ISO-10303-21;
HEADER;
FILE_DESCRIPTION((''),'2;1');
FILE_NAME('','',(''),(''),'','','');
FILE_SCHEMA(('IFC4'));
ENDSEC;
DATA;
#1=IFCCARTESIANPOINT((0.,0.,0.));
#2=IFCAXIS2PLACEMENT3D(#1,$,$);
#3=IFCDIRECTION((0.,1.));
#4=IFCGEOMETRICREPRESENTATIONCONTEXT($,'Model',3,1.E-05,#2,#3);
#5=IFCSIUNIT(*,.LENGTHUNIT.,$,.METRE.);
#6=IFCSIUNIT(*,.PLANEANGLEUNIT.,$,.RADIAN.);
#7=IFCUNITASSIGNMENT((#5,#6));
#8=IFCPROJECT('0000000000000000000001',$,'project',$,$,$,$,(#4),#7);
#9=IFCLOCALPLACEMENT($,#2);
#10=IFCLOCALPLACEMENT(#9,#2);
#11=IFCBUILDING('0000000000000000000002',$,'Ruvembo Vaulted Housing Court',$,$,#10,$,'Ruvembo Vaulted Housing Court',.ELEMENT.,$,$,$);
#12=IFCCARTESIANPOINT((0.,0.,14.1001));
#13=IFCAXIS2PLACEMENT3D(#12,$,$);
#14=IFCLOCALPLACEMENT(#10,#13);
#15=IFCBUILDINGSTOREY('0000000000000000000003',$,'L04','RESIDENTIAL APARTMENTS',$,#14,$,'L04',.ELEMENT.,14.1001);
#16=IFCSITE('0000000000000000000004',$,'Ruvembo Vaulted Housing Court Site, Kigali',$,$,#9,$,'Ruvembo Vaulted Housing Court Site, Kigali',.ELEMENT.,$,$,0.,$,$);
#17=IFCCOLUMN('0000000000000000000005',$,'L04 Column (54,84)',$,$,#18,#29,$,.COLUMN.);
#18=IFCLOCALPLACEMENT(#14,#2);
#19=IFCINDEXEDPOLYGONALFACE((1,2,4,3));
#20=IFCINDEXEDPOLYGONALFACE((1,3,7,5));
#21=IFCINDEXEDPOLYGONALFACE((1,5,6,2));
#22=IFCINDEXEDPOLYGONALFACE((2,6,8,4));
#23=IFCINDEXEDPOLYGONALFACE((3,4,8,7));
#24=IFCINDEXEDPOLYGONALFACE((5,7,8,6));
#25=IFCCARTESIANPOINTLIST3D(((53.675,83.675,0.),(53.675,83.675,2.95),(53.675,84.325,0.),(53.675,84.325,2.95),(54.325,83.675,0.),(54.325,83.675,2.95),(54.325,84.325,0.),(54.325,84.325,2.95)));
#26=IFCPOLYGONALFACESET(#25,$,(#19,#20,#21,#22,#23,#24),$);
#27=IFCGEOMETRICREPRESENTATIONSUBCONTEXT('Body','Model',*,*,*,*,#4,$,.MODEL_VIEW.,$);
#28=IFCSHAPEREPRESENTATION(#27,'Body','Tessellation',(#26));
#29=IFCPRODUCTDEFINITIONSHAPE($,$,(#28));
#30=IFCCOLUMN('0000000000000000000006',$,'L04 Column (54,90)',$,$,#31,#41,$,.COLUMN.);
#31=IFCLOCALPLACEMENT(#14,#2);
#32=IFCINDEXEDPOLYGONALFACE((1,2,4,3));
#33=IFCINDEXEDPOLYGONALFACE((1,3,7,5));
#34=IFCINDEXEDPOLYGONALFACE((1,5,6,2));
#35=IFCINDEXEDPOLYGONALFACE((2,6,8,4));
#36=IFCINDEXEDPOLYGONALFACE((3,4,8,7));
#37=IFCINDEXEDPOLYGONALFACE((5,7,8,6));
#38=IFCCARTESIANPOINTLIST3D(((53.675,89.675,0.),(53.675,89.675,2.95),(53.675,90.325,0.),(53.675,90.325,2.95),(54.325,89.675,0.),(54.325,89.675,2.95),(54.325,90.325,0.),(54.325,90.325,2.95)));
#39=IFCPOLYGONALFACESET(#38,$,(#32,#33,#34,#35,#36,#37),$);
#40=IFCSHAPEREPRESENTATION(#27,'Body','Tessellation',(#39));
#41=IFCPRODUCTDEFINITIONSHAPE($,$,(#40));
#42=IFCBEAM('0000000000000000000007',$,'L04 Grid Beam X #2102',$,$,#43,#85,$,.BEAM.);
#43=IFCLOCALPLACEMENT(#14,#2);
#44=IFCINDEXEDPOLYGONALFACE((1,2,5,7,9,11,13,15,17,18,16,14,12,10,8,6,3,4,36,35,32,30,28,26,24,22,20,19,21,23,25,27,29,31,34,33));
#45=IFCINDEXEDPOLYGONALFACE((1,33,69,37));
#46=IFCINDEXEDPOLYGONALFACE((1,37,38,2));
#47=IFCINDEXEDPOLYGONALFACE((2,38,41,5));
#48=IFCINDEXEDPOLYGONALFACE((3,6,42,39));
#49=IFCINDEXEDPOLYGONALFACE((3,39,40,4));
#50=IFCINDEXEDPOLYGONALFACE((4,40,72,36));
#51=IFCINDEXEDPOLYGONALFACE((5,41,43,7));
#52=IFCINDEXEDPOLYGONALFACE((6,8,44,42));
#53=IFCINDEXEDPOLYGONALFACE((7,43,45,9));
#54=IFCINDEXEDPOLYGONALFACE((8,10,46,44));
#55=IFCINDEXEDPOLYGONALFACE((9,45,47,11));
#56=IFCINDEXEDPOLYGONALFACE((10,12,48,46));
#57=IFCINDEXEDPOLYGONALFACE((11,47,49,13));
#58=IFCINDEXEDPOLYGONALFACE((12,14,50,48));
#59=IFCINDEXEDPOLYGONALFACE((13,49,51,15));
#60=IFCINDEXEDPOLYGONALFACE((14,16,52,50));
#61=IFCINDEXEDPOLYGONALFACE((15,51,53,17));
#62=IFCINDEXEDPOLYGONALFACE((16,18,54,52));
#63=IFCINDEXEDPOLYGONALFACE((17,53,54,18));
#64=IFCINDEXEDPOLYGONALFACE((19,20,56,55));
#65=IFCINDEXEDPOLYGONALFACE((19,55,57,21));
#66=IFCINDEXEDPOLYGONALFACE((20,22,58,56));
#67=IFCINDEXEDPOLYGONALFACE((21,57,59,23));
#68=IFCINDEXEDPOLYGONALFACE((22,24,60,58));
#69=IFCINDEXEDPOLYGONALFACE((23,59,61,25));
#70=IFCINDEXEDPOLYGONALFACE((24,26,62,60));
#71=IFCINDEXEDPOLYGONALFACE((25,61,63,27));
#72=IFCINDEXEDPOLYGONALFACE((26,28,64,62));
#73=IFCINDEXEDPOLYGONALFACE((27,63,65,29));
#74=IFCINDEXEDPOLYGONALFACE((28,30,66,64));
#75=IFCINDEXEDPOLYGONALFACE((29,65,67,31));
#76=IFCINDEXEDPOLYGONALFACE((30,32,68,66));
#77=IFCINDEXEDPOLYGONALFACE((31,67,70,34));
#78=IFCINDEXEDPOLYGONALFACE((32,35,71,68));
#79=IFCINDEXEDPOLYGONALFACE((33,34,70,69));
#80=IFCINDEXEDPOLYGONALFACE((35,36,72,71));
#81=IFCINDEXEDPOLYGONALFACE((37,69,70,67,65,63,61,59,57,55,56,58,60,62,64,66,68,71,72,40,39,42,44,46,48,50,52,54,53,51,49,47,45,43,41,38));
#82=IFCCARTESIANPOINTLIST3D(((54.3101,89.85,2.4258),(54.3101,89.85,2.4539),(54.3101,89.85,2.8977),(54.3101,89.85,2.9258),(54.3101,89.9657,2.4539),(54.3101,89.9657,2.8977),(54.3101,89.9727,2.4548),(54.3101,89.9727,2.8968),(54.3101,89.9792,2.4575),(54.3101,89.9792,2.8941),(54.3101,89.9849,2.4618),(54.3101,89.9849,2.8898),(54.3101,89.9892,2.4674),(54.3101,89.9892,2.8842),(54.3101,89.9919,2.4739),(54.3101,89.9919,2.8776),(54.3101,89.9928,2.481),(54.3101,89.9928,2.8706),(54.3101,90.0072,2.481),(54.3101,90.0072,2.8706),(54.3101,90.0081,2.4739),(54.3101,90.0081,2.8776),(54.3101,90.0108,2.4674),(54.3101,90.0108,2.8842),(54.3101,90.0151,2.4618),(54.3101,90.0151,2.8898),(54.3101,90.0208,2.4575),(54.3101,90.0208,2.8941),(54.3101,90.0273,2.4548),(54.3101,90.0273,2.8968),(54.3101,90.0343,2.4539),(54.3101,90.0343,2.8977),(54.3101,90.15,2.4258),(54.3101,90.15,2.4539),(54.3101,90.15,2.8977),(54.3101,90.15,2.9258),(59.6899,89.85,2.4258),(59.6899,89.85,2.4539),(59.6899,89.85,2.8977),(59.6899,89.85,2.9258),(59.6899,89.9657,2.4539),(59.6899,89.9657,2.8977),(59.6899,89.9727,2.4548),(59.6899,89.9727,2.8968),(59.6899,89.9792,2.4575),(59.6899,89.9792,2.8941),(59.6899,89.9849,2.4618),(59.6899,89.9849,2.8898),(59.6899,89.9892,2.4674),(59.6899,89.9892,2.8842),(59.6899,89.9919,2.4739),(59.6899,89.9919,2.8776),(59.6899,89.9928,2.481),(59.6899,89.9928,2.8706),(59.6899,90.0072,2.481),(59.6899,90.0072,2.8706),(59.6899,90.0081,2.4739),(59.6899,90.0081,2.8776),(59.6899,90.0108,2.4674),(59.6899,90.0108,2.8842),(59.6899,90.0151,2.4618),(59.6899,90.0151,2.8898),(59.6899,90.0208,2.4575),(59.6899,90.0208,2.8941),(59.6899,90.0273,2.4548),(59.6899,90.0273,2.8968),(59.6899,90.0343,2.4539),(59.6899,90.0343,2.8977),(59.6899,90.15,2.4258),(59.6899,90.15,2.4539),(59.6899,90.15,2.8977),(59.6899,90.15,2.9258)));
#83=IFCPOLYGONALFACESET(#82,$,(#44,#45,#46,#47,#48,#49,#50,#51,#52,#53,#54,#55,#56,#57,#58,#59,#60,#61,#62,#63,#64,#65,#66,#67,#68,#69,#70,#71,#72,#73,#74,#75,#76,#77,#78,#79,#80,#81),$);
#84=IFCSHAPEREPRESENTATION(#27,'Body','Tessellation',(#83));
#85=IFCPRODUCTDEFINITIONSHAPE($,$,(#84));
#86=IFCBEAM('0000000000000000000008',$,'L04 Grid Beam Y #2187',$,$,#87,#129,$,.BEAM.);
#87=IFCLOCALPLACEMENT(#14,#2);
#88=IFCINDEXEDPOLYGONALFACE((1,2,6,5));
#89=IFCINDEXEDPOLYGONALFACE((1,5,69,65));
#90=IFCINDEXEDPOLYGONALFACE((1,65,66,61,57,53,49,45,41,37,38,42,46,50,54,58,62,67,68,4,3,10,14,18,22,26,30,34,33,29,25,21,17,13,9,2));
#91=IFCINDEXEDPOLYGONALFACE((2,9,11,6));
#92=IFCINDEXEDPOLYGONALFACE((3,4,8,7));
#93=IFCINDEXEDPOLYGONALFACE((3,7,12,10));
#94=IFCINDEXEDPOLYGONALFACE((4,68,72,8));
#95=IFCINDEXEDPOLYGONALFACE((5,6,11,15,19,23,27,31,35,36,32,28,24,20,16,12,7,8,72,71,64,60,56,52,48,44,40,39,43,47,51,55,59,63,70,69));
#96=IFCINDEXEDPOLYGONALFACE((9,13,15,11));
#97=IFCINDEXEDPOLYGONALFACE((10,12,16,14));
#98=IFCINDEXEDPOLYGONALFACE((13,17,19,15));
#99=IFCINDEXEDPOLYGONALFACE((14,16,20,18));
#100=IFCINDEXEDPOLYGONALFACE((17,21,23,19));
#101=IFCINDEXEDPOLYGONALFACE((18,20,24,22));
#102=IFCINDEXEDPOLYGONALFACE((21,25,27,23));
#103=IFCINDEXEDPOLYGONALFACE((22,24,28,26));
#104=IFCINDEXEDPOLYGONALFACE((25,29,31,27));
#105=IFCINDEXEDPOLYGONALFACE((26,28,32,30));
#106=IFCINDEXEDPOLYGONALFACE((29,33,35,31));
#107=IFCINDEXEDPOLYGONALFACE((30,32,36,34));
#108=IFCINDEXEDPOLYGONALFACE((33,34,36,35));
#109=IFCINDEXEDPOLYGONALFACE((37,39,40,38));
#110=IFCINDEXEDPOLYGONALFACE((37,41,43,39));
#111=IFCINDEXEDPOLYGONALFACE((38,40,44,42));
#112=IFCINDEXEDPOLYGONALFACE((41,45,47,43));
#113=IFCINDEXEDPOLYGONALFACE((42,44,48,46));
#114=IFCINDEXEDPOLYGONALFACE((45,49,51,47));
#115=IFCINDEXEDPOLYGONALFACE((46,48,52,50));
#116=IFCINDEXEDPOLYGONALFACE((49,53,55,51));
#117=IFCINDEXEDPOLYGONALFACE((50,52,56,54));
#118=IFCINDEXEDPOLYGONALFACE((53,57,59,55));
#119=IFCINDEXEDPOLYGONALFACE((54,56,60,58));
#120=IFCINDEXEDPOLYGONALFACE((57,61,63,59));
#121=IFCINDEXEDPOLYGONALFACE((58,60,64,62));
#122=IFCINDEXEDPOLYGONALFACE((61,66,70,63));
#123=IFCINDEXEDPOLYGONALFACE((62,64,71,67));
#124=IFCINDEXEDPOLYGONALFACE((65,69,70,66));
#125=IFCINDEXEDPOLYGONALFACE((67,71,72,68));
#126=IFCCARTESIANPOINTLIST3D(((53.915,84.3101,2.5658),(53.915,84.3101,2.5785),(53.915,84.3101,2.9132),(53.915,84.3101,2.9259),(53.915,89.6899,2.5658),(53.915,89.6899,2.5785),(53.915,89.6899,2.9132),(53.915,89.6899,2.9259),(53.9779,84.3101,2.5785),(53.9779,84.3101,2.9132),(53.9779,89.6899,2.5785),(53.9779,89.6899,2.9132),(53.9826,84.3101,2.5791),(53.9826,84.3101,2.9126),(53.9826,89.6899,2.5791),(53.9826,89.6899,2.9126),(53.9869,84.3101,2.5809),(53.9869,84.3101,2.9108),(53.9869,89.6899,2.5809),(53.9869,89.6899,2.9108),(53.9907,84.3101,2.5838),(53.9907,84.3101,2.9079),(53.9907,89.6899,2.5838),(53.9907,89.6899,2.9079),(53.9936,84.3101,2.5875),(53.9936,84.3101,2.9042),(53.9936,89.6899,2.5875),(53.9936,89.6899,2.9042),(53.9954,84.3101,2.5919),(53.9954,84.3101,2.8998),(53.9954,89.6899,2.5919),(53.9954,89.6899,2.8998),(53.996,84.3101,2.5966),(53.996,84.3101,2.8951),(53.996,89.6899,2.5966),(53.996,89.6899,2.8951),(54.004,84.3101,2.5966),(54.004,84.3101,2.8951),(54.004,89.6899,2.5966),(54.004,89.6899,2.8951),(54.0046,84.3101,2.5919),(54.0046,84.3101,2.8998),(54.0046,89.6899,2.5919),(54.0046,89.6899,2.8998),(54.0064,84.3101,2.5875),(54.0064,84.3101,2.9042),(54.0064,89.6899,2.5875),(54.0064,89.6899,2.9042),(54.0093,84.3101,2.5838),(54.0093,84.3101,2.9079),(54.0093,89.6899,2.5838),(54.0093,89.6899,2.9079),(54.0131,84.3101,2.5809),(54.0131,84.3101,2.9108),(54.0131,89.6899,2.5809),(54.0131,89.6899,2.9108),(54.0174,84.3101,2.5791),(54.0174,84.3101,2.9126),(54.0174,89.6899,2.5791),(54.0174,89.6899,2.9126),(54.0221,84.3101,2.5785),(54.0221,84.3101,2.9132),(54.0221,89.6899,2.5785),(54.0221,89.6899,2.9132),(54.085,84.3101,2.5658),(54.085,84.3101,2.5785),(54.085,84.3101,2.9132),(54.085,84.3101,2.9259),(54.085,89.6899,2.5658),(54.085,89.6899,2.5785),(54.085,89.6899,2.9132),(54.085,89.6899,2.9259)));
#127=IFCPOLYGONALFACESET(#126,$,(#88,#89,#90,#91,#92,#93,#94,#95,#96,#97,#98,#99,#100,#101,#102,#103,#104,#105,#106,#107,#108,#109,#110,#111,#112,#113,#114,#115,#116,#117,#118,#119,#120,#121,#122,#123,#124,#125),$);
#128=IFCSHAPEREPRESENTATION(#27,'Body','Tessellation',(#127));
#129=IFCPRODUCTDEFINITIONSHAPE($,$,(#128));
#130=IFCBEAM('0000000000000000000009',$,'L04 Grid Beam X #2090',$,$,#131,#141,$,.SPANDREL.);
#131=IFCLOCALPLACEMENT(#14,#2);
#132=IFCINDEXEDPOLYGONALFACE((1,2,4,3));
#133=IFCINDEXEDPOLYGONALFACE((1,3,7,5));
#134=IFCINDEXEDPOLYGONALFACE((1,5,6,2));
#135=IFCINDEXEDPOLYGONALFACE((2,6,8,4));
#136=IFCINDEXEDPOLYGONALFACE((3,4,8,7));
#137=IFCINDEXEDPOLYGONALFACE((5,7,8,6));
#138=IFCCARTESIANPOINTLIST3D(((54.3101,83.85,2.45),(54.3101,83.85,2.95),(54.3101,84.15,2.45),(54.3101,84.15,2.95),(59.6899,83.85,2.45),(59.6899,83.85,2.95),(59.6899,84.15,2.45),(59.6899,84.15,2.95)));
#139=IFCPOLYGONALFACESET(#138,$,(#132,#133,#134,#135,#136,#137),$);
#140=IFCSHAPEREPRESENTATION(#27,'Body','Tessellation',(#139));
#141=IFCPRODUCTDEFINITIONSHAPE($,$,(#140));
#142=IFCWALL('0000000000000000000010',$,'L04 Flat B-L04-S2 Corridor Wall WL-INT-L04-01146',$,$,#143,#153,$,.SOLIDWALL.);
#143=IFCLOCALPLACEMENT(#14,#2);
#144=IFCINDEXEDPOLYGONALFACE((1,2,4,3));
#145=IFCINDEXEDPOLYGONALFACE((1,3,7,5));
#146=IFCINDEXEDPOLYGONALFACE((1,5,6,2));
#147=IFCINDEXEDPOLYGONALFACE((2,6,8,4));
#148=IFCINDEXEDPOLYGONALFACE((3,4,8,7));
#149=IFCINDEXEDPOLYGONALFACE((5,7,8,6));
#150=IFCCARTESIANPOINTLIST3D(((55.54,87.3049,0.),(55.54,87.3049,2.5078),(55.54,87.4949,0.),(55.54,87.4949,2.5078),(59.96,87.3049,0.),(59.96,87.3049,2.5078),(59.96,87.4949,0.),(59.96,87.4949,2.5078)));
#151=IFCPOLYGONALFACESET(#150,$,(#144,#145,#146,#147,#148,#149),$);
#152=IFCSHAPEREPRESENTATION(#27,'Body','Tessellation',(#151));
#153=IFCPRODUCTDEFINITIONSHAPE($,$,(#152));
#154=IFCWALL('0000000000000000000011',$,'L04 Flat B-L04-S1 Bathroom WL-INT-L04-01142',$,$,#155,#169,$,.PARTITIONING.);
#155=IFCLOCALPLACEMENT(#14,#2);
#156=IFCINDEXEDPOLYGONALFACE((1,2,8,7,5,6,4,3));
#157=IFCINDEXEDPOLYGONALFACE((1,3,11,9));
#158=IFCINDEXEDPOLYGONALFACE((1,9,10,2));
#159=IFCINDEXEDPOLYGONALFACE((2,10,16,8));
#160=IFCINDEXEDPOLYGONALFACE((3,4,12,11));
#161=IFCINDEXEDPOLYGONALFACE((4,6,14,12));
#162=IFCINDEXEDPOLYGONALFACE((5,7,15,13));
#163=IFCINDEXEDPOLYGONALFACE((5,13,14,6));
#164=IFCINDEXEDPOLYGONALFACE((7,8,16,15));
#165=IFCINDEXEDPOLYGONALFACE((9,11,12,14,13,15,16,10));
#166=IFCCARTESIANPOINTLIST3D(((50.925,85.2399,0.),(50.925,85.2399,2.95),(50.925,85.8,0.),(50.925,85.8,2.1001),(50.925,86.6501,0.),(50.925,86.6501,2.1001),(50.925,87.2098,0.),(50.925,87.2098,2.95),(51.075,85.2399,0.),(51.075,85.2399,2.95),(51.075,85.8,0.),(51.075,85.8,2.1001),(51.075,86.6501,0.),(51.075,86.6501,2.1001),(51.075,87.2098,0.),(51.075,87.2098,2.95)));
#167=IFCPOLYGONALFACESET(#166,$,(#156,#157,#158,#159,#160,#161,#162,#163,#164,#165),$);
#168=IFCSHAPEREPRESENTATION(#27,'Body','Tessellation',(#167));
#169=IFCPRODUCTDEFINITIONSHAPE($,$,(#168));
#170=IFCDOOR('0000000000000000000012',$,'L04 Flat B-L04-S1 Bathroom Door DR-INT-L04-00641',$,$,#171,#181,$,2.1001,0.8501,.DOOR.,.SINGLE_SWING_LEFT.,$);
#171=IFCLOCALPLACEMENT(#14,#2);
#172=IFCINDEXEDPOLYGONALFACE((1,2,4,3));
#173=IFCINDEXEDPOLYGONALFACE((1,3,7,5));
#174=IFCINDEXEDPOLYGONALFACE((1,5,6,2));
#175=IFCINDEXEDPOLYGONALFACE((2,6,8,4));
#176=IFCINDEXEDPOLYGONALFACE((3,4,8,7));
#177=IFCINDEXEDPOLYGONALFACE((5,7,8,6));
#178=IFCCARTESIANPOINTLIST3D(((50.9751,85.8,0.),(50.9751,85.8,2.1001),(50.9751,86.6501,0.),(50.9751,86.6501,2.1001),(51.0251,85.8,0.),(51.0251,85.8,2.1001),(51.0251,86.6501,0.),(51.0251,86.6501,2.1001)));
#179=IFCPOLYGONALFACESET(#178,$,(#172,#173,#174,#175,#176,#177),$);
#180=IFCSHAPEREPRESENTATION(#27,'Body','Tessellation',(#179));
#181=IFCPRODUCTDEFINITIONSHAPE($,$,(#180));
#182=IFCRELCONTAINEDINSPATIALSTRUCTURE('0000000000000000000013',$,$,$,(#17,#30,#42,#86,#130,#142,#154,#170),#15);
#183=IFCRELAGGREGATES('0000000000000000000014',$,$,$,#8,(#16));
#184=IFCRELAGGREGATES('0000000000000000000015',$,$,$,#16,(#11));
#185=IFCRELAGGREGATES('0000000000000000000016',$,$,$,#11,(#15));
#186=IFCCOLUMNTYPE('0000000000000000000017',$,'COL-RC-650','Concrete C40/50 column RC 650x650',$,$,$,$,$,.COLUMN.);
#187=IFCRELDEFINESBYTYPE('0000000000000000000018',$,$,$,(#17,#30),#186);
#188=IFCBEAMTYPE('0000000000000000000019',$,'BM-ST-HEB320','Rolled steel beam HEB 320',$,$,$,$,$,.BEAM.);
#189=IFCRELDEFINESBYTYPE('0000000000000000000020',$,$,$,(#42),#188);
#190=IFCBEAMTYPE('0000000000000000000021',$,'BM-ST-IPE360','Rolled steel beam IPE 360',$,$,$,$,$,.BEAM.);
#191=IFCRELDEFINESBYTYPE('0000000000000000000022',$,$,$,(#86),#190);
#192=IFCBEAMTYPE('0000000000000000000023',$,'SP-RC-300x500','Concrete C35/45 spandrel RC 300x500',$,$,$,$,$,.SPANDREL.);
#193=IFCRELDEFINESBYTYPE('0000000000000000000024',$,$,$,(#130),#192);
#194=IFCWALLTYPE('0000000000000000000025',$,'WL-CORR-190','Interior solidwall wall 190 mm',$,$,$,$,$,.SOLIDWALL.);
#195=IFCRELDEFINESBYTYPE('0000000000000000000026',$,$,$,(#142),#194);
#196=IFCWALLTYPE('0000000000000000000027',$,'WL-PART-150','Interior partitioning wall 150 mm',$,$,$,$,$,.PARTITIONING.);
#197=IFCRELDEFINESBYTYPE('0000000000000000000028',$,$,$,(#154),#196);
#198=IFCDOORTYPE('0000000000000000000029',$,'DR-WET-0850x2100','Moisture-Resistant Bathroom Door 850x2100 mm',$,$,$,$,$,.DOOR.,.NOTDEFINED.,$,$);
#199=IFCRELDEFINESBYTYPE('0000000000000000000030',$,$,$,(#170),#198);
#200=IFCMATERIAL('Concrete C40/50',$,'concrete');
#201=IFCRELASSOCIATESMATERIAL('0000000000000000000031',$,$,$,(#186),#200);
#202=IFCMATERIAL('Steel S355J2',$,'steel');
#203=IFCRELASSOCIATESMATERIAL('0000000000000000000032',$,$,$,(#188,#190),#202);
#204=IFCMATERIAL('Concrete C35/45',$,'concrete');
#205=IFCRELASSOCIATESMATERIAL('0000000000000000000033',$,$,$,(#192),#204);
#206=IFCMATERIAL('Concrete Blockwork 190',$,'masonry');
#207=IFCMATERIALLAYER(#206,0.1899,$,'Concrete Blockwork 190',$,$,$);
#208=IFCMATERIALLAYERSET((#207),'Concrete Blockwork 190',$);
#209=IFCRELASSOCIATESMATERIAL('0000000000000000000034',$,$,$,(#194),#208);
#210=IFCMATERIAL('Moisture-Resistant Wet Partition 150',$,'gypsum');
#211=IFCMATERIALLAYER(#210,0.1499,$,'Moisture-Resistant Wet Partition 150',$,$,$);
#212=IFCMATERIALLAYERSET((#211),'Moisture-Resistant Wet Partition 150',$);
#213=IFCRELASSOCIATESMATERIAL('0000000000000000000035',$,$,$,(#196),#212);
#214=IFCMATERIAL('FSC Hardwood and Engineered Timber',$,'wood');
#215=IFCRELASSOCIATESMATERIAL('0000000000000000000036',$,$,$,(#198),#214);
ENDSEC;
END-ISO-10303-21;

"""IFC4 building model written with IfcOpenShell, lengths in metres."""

from ifc_helpers import new_model, si_unit, direction, frame, frame_2d, origin, origin_2d, place, context, subcontext, project, spatial, rectangle, i_section, extrude, material, layer, layer_set, material_profile, profile_set, type_object, element, fill, save


model = new_model("IFC4")

# Units and contexts
model_context = context("Model", 3, precision=1e-05, world=origin(), true_north=direction((0.0, 1.0)))
body_context = subcontext(model_context, "Body", "Model", "MODEL_VIEW")
ifc_project = project(units=[si_unit("LENGTHUNIT", "METRE"), si_unit("PLANEANGLEUNIT", "RADIAN")], contexts=[model_context])

# Site, building, storey
site_placement = place(None, origin())
site = spatial("IfcSite", under=ifc_project, at=site_placement, Name="Ruvembo Vaulted Housing Court Site, Kigali", LongName="Ruvembo Vaulted Housing Court Site, Kigali", CompositionType="ELEMENT", RefElevation=0.0)
building_placement = place(site_placement, origin())
building = spatial("IfcBuilding", under=site, at=building_placement, Name="Ruvembo Vaulted Housing Court", LongName="Ruvembo Vaulted Housing Court", CompositionType="ELEMENT")
storey_placement = place(building_placement, frame((0.0, 0.0, 14.1001)))
storey = spatial("IfcBuildingStorey", under=building, at=storey_placement, Name="L04", Description="RESIDENTIAL APARTMENTS", LongName="L04", CompositionType="ELEMENT", Elevation=14.1001)

# Columns
ifc_material_1 = material(Name="Concrete C40/50", Category="concrete")
ifc_material_profile_1 = material_profile(ifc_material_1, rectangle(XDim=0.6499, YDim=0.6499, at=origin_2d()), Name="RC 650x650")
ifc_profile_set_1 = profile_set([ifc_material_profile_1], Name="Concrete C40/50")
column_type = type_object("IfcColumnType", Name="COL-RC-650", Description="Concrete C40/50 column RC 650x650", PredefinedType="COLUMN", material=ifc_profile_set_1)
for number, where, z_axis, x_axis, name in (
    (1, (54.0, 84.0, 0.0), (0.0, 0.0, 1.0), (1.0, 0.0, 0.0), "L04 Column (54,84)"),
    (2, (54.0, 90.0, 0.0), (0.0, 0.0, 1.0), (1.0, 0.0, 0.0), "L04 Column (54,90)"),
):
    element("IfcColumn", number, at=place(storey_placement, frame(where, z_axis=z_axis, x_axis=x_axis)), inside=storey, type_object=column_type, Name=name, PredefinedType="COLUMN", context=body_context, shape_type="SweptSolid", body=[
        extrude(rectangle(XDim=0.6499, YDim=0.6499, at=origin_2d()), origin(), (0.0, 0.0, 1.0), 2.95),
    ])

# Beams
ifc_material_2 = material(Name="Steel S355J2", Category="steel")
ifc_material_profile_2 = material_profile(ifc_material_2, i_section(OverallWidth=0.3, OverallDepth=0.5, WebThickness=0.0144, FlangeThickness=0.0281, FilletRadius=0.0271, at=origin_2d()), Name="HEB 320")
ifc_profile_set_2 = profile_set([ifc_material_profile_2], Name="Steel S355J2")
beam_type_1 = type_object("IfcBeamType", Name="BM-ST-HEB320", Description="Rolled steel beam HEB 320", PredefinedType="BEAM", material=ifc_profile_set_2)
beam_1_placement = place(storey_placement, frame((54.3101, 90.0, 2.6758), z_axis=(1.0, 0.0, 0.0), x_axis=(0.0, 1.0, 0.0)))
element("IfcBeam", 3, at=beam_1_placement, inside=storey, type_object=beam_type_1, Name="L04 Grid Beam X #2102", PredefinedType="BEAM", context=body_context, shape_type="SweptSolid", body=[
    extrude(i_section(OverallWidth=0.3, OverallDepth=0.5, WebThickness=0.0144, FlangeThickness=0.0281, FilletRadius=0.0271, at=origin_2d()), origin(), (0.0, 0.0, 1.0), 5.3799),
])
ifc_material_profile_3 = material_profile(ifc_material_2, i_section(OverallWidth=0.1699, OverallDepth=0.3601, WebThickness=0.0081, FlangeThickness=0.0127, FilletRadius=0.0181, at=origin_2d()), Name="IPE 360")
ifc_profile_set_3 = profile_set([ifc_material_profile_3], Name="Steel S355J2")
beam_type_2 = type_object("IfcBeamType", Name="BM-ST-IPE360", Description="Rolled steel beam IPE 360", PredefinedType="BEAM", material=ifc_profile_set_3)
beam_2_placement = place(storey_placement, frame((54.0, 84.3101, 2.7458), z_axis=(0.0, 1.0, 0.0), x_axis=(-1.0, 0.0, 0.0)))
element("IfcBeam", 4, at=beam_2_placement, inside=storey, type_object=beam_type_2, Name="L04 Grid Beam Y #2187", PredefinedType="BEAM", context=body_context, shape_type="SweptSolid", body=[
    extrude(i_section(OverallWidth=0.1699, OverallDepth=0.3601, WebThickness=0.0081, FlangeThickness=0.0127, FilletRadius=0.0181, at=origin_2d()), origin(), (0.0, 0.0, 1.0), 5.3799),
])
ifc_material_3 = material(Name="Concrete C35/45", Category="concrete")
ifc_material_profile_4 = material_profile(ifc_material_3, rectangle(XDim=0.3, YDim=0.5, at=origin_2d()), Name="RC 300x500")
ifc_profile_set_4 = profile_set([ifc_material_profile_4], Name="Concrete C35/45")
beam_type_3 = type_object("IfcBeamType", Name="SP-RC-300x500", Description="Concrete C35/45 spandrel RC 300x500", PredefinedType="SPANDREL", material=ifc_profile_set_4)
beam_3_placement = place(storey_placement, frame((54.3101, 84.0, 2.7), z_axis=(1.0, 0.0, 0.0), x_axis=(0.0, 1.0, 0.0)))
element("IfcBeam", 5, at=beam_3_placement, inside=storey, type_object=beam_type_3, Name="L04 Grid Beam X #2090", PredefinedType="SPANDREL", context=body_context, shape_type="SweptSolid", body=[
    extrude(rectangle(XDim=0.3, YDim=0.5, at=origin_2d()), origin(), (0.0, 0.0, 1.0), 5.3799),
])

# Shared definitions
ifc_material_4 = material(Name="Concrete Blockwork 190", Category="masonry")
ifc_layer_1 = layer(ifc_material_4, 0.1899, Name="Concrete Blockwork 190")
ifc_layer_set_1 = layer_set([ifc_layer_1], Name="Concrete Blockwork 190")
wall_type_1 = type_object("IfcWallType", Name="WL-CORR-190", Description="Interior solidwall wall 190 mm", PredefinedType="SOLIDWALL", material=ifc_layer_set_1)
ifc_material_5 = material(Name="FSC Hardwood and Engineered Timber", Category="wood")

# Wall
wall_1_placement = place(storey_placement, frame((55.54, 87.3999, 0.0), z_axis=(0.0, 0.0, 1.0), x_axis=(1.0, 0.0, 0.0)))
element("IfcWall", 6, at=wall_1_placement, inside=storey, type_object=wall_type_1, Name="L04 Flat B-L04-S2 Corridor Wall WL-INT-L04-01146", PredefinedType="SOLIDWALL", context=body_context, shape_type="SweptSolid", body=[
    extrude(rectangle(XDim=4.4199, YDim=0.1899, at=frame_2d((2.21, 0.0))), origin(), (0.0, 0.0, 1.0), 2.5078),
])

# Wall, opening, door
ifc_material_6 = material(Name="Moisture-Resistant Wet Partition 150", Category="gypsum")
ifc_layer_2 = layer(ifc_material_6, 0.1499, Name="Moisture-Resistant Wet Partition 150")
ifc_layer_set_2 = layer_set([ifc_layer_2], Name="Moisture-Resistant Wet Partition 150")
wall_type_2 = type_object("IfcWallType", Name="WL-PART-150", Description="Interior partitioning wall 150 mm", PredefinedType="PARTITIONING", material=ifc_layer_set_2)
wall_2_placement = place(storey_placement, frame((51.0, 85.24, 0.0), z_axis=(0.0, 0.0, 1.0), x_axis=(0.0, 1.0, 0.0)))
wall_2 = element("IfcWall", 7, at=wall_2_placement, inside=storey, type_object=wall_type_2, Name="L04 Flat B-L04-S1 Bathroom WL-INT-L04-01142", PredefinedType="PARTITIONING", context=body_context, shape_type="SweptSolid", body=[
    extrude(rectangle(XDim=1.97, YDim=0.1499, at=frame_2d((0.9849, 0.0))), origin(), (0.0, 0.0, 1.0), 2.95),
])
opening_1_placement = place(wall_2_placement, frame((0.5601, 0.0, 0.0)))
opening_1 = element("IfcOpeningElement", 8, at=opening_1_placement, cuts=wall_2, PredefinedType="OPENING", context=body_context, shape_type="SweptSolid", body=[
    extrude(rectangle(XDim=0.8501, YDim=2.1001, at=frame_2d((0.425, 1.05))), frame((0.0, 0.085, 0.0), z_axis=(0.0, -1.0, 0.0), x_axis=(1.0, 0.0, 0.0)), (0.0, 0.0, 1.0), 0.1699),
])
door_type_1 = type_object("IfcDoorType", Name="DR-WET-0850x2100", Description="Moisture-Resistant Bathroom Door 850x2100 mm", OperationType="NOTDEFINED", PredefinedType="DOOR", material=ifc_material_5)
door_1_placement = place(opening_1_placement, origin())
door_1 = element("IfcDoor", 9, at=door_1_placement, inside=storey, type_object=door_type_1, Name="L04 Flat B-L04-S1 Bathroom Door DR-INT-L04-00641", OperationType="SINGLE_SWING_LEFT", OverallHeight=2.1001, OverallWidth=0.8501, PredefinedType="DOOR", context=body_context, shape_type="SweptSolid", body=[
    extrude(rectangle(XDim=0.8501, YDim=2.1001, at=frame_2d((0.425, 1.05))), frame((0.0, 0.0249, 0.0), z_axis=(0.0, -1.0, 0.0), x_axis=(1.0, 0.0, 0.0)), (0.0, 0.0, 1.0), 0.05),
])
fill(opening_1, door_1)

save(model, "model.ifc")
